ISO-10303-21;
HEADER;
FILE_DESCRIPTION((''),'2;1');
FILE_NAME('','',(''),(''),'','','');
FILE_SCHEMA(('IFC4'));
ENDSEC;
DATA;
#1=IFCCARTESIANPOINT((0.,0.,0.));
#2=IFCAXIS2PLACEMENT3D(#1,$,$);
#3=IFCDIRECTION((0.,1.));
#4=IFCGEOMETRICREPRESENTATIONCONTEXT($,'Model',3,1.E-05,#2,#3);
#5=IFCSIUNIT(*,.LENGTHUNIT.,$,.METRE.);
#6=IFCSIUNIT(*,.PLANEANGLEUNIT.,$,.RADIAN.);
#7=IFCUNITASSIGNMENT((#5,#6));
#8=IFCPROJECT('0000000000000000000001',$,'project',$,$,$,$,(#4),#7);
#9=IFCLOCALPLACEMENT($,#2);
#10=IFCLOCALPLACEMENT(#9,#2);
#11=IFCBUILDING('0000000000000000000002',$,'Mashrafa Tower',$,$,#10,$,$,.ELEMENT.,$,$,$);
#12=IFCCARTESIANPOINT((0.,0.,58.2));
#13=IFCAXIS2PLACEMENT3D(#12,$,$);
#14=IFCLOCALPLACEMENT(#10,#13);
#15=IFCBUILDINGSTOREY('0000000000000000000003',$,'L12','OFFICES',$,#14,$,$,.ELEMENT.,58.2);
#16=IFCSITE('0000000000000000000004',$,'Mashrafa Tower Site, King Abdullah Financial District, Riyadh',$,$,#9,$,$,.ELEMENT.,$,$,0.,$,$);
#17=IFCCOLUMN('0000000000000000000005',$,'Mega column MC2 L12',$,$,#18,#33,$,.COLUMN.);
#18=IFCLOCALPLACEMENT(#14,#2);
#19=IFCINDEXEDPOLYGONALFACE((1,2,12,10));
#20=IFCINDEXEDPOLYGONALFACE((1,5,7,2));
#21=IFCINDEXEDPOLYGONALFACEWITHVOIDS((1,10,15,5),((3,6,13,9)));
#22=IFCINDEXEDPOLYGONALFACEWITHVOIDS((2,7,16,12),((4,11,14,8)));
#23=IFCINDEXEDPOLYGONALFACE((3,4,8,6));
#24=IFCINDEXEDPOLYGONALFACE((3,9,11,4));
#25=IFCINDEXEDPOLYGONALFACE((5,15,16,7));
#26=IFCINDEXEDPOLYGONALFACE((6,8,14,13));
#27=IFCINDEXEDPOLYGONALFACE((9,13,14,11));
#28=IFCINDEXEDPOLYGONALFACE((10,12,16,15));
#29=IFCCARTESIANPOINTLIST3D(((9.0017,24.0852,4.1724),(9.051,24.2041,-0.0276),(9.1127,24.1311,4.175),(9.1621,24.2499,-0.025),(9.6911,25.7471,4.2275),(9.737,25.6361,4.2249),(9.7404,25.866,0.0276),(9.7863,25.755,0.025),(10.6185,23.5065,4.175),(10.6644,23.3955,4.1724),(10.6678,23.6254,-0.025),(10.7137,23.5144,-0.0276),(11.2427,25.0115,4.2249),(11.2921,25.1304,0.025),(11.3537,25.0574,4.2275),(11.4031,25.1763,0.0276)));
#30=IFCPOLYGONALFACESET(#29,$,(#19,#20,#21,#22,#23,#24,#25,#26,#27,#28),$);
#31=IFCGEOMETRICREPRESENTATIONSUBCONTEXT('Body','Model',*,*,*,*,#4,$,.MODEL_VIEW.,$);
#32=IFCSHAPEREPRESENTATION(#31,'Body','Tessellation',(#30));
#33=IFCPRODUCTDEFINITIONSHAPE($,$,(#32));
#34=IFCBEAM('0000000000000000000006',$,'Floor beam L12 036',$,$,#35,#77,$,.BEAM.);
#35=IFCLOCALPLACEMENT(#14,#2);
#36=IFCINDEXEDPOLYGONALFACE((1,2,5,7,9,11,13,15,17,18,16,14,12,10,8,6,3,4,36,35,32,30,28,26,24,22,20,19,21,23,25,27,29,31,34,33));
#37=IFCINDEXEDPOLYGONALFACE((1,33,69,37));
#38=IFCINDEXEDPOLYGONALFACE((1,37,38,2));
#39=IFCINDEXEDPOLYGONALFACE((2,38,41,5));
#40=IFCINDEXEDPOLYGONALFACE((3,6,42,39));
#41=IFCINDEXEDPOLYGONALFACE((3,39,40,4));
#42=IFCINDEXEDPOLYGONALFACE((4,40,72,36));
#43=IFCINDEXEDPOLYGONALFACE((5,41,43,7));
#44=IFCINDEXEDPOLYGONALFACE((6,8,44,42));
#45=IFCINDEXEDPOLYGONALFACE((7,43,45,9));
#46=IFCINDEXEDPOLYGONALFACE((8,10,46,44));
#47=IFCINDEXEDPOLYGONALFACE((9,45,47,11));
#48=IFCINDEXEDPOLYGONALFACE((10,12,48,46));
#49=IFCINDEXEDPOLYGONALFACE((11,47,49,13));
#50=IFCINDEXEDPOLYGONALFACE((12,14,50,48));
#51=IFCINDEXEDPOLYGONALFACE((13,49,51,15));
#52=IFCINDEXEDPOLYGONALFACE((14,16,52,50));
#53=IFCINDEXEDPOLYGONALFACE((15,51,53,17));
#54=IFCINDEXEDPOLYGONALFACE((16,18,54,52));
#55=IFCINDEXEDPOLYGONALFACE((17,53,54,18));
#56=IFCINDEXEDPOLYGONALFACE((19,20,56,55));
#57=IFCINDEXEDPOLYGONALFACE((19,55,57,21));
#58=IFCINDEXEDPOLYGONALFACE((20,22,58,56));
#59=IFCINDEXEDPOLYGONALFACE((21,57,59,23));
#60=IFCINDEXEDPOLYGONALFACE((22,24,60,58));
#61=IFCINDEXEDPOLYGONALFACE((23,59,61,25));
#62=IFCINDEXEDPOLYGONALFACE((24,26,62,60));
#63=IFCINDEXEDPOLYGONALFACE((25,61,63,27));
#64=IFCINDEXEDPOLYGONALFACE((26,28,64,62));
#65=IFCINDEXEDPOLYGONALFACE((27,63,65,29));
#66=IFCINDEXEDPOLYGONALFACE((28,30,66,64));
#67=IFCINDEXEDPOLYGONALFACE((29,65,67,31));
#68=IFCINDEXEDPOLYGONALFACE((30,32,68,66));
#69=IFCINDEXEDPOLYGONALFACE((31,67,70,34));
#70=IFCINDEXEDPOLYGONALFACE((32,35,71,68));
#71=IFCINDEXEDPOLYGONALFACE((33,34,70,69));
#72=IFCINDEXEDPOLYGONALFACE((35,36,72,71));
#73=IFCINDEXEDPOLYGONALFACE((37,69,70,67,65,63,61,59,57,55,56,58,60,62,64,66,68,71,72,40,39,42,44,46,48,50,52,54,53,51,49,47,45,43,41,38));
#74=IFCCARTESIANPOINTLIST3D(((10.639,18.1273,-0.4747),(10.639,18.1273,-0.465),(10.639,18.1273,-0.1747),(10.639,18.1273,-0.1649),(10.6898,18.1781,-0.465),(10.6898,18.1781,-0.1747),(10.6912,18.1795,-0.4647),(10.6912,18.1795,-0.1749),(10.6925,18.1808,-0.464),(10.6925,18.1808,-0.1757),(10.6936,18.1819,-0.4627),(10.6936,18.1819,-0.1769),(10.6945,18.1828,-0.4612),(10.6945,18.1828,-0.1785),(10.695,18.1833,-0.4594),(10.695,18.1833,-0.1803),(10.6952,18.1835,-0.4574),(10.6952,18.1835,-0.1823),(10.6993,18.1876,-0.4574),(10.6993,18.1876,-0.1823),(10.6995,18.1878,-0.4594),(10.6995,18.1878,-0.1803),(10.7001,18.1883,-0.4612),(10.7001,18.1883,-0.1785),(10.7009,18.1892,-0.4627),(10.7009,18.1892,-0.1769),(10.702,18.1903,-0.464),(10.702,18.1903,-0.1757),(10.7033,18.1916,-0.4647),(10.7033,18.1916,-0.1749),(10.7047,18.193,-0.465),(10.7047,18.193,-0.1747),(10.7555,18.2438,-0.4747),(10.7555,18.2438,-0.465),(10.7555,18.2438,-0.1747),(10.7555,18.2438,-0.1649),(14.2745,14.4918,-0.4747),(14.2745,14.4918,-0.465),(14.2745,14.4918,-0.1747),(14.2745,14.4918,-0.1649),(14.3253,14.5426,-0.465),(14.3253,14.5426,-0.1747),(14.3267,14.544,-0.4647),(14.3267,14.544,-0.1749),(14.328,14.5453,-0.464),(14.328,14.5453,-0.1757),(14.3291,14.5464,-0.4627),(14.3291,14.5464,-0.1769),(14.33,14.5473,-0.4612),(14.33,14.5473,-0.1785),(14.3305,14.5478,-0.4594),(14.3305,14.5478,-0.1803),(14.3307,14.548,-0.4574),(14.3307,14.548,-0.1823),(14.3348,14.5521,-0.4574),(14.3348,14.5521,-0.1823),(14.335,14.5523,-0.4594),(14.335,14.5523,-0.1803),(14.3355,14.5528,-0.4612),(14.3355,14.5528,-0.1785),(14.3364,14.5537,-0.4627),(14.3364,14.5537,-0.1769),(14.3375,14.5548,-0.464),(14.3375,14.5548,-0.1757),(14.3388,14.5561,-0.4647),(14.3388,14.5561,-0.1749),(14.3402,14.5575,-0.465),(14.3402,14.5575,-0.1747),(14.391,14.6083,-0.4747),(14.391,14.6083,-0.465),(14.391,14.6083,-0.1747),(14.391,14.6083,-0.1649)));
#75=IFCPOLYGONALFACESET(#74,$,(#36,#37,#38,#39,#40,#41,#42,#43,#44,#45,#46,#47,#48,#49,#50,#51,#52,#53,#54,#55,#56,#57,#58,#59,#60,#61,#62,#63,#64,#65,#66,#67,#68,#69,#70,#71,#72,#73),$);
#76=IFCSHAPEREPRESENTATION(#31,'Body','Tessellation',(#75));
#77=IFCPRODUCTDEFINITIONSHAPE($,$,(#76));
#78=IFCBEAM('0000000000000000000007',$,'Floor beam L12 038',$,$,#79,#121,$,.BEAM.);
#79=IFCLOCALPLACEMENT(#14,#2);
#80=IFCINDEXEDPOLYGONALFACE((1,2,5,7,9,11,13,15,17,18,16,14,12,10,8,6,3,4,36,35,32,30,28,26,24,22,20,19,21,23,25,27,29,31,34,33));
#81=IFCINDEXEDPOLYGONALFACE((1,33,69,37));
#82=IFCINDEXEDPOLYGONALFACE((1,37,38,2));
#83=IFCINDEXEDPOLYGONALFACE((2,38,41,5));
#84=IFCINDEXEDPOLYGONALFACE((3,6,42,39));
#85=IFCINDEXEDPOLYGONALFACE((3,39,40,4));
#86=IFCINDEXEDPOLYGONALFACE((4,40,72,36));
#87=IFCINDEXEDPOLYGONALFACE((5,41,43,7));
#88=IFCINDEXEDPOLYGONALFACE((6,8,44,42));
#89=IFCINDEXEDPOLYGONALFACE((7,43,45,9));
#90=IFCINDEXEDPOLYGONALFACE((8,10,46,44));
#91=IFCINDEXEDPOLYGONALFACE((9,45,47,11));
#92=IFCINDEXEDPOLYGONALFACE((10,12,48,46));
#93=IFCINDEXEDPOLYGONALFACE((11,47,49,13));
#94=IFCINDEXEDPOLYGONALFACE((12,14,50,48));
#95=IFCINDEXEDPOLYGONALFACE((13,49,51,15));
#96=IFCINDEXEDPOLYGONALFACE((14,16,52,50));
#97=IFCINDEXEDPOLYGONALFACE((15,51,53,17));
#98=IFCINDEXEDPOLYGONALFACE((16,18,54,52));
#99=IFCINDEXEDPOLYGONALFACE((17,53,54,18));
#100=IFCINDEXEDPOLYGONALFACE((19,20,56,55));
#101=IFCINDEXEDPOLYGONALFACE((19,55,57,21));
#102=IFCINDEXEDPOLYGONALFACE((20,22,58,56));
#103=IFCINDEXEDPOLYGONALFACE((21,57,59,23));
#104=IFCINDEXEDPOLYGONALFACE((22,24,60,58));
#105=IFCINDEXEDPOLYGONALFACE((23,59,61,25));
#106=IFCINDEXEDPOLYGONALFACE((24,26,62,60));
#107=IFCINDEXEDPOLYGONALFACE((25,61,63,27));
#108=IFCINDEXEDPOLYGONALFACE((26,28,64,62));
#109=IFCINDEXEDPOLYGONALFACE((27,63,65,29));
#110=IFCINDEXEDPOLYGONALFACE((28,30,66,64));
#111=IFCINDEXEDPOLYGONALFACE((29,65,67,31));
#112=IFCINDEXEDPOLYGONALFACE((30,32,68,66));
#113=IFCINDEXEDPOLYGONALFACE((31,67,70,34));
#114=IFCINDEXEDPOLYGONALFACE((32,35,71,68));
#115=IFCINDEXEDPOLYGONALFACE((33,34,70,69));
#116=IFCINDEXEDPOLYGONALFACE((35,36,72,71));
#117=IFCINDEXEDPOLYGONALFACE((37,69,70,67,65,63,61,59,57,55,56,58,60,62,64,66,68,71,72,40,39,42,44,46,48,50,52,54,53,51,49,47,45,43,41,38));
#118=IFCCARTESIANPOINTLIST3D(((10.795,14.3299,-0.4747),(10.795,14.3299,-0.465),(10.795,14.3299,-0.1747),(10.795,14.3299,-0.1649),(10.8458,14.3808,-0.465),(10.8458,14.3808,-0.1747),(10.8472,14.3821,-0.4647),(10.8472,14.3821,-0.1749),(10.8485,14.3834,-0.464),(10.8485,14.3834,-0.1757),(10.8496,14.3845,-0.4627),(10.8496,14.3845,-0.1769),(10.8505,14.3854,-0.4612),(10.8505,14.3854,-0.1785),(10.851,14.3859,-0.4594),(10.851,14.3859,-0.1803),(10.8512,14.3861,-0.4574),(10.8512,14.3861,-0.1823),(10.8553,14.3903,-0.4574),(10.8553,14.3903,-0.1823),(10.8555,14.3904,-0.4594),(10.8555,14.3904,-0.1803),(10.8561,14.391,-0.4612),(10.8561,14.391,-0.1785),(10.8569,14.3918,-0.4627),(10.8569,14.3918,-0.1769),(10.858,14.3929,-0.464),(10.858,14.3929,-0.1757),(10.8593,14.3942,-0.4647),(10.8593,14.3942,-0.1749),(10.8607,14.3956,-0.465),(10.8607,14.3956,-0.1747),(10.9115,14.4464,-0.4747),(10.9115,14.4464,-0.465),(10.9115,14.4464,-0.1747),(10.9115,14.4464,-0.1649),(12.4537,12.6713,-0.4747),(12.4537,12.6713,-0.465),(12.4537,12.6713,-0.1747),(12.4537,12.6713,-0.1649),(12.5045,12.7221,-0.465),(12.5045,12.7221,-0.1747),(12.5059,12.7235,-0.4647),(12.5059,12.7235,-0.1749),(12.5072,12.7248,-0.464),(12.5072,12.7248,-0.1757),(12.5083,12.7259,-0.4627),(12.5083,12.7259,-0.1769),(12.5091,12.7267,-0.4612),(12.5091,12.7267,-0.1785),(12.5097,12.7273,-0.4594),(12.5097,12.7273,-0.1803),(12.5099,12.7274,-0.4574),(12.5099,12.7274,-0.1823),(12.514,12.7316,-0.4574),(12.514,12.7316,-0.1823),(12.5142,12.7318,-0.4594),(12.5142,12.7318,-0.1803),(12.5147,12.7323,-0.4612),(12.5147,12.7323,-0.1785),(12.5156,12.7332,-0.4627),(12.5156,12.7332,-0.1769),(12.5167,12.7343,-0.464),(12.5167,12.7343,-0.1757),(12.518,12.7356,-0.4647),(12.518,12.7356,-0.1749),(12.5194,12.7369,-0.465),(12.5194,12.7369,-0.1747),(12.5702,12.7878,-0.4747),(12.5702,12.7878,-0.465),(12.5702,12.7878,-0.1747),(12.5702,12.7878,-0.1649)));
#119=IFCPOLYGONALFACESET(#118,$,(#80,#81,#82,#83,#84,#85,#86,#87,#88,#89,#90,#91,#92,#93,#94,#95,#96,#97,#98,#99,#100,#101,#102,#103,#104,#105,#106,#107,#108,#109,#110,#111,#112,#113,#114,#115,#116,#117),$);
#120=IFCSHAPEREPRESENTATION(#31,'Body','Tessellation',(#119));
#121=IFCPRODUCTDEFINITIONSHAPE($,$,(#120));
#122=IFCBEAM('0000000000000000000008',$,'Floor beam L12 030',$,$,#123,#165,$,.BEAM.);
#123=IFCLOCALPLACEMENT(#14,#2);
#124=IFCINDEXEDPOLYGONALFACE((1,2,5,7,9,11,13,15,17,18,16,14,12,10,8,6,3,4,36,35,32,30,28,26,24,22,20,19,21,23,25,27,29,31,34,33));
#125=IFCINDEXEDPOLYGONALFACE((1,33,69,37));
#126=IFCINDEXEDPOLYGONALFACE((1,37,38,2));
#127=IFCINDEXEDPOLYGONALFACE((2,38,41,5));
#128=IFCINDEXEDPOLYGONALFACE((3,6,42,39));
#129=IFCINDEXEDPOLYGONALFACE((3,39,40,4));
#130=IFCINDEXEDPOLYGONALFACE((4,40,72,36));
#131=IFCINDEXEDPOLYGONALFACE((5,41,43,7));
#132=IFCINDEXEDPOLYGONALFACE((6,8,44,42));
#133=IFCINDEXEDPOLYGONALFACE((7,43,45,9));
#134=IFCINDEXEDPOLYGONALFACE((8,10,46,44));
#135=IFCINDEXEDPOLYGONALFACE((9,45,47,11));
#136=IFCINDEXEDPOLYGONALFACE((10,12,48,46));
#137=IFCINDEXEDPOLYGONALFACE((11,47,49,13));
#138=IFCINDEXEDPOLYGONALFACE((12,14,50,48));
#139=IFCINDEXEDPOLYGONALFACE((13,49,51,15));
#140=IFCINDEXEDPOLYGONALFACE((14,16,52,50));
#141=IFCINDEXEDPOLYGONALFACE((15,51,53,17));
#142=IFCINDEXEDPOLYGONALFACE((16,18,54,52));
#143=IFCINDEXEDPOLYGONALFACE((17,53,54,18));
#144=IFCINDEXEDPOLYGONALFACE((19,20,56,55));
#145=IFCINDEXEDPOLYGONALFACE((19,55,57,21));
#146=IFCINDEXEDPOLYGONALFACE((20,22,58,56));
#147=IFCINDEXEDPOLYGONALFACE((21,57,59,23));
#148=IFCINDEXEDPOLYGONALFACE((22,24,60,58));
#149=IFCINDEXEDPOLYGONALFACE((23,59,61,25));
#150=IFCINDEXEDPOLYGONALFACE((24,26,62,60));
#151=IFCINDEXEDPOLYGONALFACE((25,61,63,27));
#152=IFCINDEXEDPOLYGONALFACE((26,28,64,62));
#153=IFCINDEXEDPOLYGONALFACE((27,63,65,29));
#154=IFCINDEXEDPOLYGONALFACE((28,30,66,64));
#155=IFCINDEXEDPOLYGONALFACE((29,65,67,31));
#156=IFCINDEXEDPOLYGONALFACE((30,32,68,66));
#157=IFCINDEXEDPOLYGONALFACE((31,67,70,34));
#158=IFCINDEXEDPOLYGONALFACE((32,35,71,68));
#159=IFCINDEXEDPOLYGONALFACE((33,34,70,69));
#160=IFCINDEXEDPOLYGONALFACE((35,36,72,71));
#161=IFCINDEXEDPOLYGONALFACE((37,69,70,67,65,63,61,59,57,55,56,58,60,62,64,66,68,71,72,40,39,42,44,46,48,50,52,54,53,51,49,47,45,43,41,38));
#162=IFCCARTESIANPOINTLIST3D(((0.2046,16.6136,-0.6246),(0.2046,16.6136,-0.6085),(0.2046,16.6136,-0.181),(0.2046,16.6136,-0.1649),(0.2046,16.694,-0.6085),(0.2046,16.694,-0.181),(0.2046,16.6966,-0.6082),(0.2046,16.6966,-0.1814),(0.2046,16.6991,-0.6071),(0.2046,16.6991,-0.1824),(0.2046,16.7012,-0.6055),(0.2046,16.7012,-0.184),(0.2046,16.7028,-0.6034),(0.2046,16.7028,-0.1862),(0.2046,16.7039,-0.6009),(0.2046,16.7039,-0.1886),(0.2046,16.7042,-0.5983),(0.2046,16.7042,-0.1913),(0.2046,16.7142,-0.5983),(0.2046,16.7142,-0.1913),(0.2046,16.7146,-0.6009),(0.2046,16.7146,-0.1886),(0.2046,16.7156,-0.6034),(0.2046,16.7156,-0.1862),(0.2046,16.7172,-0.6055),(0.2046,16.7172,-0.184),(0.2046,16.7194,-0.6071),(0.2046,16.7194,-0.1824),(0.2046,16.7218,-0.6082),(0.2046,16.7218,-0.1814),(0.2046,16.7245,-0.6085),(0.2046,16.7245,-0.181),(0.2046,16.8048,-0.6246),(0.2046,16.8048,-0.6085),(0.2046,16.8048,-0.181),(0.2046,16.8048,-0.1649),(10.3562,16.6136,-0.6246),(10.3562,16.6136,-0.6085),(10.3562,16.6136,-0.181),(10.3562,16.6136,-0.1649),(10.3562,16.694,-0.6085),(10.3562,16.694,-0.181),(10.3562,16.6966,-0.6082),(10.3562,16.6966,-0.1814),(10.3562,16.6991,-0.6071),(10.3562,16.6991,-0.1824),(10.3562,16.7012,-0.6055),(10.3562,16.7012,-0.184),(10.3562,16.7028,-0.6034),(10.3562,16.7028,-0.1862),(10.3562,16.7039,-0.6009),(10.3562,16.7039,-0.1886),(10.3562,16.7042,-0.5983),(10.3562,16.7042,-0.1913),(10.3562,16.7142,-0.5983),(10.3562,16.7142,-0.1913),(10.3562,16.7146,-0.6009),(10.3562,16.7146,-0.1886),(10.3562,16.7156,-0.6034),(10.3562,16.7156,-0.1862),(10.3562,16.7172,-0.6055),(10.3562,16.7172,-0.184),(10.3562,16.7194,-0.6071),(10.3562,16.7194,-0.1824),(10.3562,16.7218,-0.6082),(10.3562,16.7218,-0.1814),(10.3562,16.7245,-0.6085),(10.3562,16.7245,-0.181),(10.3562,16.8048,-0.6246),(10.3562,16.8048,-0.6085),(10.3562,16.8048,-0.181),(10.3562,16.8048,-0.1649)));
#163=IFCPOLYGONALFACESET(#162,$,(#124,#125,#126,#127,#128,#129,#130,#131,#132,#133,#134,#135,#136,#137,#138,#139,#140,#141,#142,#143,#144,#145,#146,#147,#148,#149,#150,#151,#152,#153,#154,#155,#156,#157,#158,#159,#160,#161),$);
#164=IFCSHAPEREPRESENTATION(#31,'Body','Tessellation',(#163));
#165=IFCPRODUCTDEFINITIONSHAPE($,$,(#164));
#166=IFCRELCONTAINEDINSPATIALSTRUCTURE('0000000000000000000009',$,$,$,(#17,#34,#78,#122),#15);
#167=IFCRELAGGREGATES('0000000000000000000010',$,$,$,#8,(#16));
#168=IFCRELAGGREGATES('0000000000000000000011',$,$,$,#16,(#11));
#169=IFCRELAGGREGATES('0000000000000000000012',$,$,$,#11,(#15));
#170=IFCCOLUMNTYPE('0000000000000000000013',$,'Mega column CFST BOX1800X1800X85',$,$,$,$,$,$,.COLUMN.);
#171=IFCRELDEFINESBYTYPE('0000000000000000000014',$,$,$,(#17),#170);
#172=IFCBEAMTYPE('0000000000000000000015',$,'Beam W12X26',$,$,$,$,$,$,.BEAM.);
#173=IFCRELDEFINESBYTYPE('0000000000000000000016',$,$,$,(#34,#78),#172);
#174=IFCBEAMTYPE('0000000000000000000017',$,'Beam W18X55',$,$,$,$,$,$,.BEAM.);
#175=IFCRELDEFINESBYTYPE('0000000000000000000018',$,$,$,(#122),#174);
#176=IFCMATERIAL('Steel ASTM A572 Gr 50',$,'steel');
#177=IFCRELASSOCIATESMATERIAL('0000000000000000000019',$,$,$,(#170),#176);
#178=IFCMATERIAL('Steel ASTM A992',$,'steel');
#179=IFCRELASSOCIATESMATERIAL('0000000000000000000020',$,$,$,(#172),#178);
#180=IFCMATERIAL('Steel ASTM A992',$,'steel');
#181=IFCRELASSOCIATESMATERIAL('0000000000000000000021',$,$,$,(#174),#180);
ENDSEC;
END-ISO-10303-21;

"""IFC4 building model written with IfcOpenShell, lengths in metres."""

from ifc_helpers import new_model, si_unit, direction, frame, origin, origin_2d, place, context, subcontext, project, spatial, hollow_rectangle, i_section, extrude, material, material_profile, profile_set, type_object, element, save


model = new_model("IFC4")

# Units and contexts
model_context = context("Model", 3, precision=1e-05, world=origin(), true_north=direction((0.0, 1.0)))
body_context = subcontext(model_context, "Body", "Model", "MODEL_VIEW")
ifc_project = project(units=[si_unit("LENGTHUNIT", "METRE"), si_unit("PLANEANGLEUNIT", "RADIAN")], contexts=[model_context])

# Site, building, storey
site_placement = place(None, origin())
site = spatial("IfcSite", under=ifc_project, at=site_placement, Name="Mashrafa Tower Site, King Abdullah Financial District, Riyadh", CompositionType="ELEMENT", RefElevation=0.0)
building_placement = place(site_placement, origin())
building = spatial("IfcBuilding", under=site, at=building_placement, Name="Mashrafa Tower", CompositionType="ELEMENT")
storey_placement = place(building_placement, frame((0.0, 0.0, 58.2)))
storey = spatial("IfcBuildingStorey", under=building, at=storey_placement, Name="L12", Description="OFFICES", CompositionType="ELEMENT", Elevation=58.2)

# Column
ifc_material_1 = material(Name="Steel ASTM A572 Gr 50", Category="steel")
ifc_material_profile_1 = material_profile(ifc_material_1, hollow_rectangle(XDim=1.8, YDim=1.8, WallThickness=0.085, at=origin_2d()), Name="BOX1800X1800X85")
ifc_profile_set_1 = profile_set([ifc_material_profile_1], Name="Steel ASTM A572 Gr 50")
column_type = type_object("IfcColumnType", Name="Mega column CFST BOX1800X1800X85", PredefinedType="COLUMN", material=ifc_profile_set_1)
column_placement = place(storey_placement, frame((10.2271, 24.6902, 0.0), z_axis=(-0.011737, -0.028296, 0.999531), x_axis=(0.923693, -0.383133, 0.0)))
element("IfcColumn", 1, at=column_placement, inside=storey, type_object=column_type, Name="Mega column MC2 L12", PredefinedType="COLUMN", context=body_context, shape_type="SweptSolid", body=[
    extrude(hollow_rectangle(XDim=1.8, YDim=1.8, WallThickness=0.085, at=origin_2d()), origin(), (0.0, 0.0, 1.0), 4.2019),
])

# Beams
ifc_material_2 = material(Name="Steel ASTM A992", Category="steel")
ifc_material_profile_2 = material_profile(ifc_material_2, i_section(OverallWidth=0.1648, OverallDepth=0.3098, WebThickness=0.0059, FlangeThickness=0.0098, FilletRadius=0.0076, at=origin_2d()), Name="W12X26")
ifc_profile_set_2 = profile_set([ifc_material_profile_2], Name="Steel ASTM A992")
beam_type_1 = type_object("IfcBeamType", Name="Beam W12X26", PredefinedType="BEAM", material=ifc_profile_set_2)
beam_1_placement = place(storey_placement, frame((10.6973, 18.1855, -0.3198), z_axis=(0.707107, -0.707107, 0.0), x_axis=(0.707107, 0.707107, 0.0)))
element("IfcBeam", 2, at=beam_1_placement, inside=storey, type_object=beam_type_1, Name="Floor beam L12 036", PredefinedType="BEAM", context=body_context, shape_type="SweptSolid", body=[
    extrude(i_section(OverallWidth=0.1648, OverallDepth=0.3098, WebThickness=0.0059, FlangeThickness=0.0098, FilletRadius=0.0076, at=origin_2d()), origin(), (0.0, 0.0, 1.0), 5.1414),
])
beam_2_placement = place(storey_placement, frame((10.8533, 14.3882, -0.3198), z_axis=(0.707107, -0.707107, 0.0), x_axis=(0.707107, 0.707107, 0.0)))
element("IfcBeam", 3, at=beam_2_placement, inside=storey, type_object=beam_type_1, Name="Floor beam L12 038", PredefinedType="BEAM", context=body_context, shape_type="SweptSolid", body=[
    extrude(i_section(OverallWidth=0.1648, OverallDepth=0.3098, WebThickness=0.0059, FlangeThickness=0.0098, FilletRadius=0.0076, at=origin_2d()), origin(), (0.0, 0.0, 1.0), 2.3457),
])
ifc_material_3 = material(Name="Steel ASTM A992", Category="steel")
ifc_material_profile_3 = material_profile(ifc_material_3, i_section(OverallWidth=0.1912, OverallDepth=0.4597, WebThickness=0.01, FlangeThickness=0.0161, FilletRadius=0.0103, at=origin_2d()), Name="W18X55")
ifc_profile_set_3 = profile_set([ifc_material_profile_3], Name="Steel ASTM A992")
beam_type_2 = type_object("IfcBeamType", Name="Beam W18X55", PredefinedType="BEAM", material=ifc_profile_set_3)
beam_3_placement = place(storey_placement, frame((0.2046, 16.7092, -0.3948), z_axis=(1.0, 0.0, 0.0), x_axis=(0.0, 1.0, 0.0)))
element("IfcBeam", 4, at=beam_3_placement, inside=storey, type_object=beam_type_2, Name="Floor beam L12 030", PredefinedType="BEAM", context=body_context, shape_type="SweptSolid", body=[
    extrude(i_section(OverallWidth=0.1912, OverallDepth=0.4597, WebThickness=0.01, FlangeThickness=0.0161, FilletRadius=0.0103, at=origin_2d()), origin(), (0.0, 0.0, 1.0), 10.1516),
])

save(model, "model.ifc")
